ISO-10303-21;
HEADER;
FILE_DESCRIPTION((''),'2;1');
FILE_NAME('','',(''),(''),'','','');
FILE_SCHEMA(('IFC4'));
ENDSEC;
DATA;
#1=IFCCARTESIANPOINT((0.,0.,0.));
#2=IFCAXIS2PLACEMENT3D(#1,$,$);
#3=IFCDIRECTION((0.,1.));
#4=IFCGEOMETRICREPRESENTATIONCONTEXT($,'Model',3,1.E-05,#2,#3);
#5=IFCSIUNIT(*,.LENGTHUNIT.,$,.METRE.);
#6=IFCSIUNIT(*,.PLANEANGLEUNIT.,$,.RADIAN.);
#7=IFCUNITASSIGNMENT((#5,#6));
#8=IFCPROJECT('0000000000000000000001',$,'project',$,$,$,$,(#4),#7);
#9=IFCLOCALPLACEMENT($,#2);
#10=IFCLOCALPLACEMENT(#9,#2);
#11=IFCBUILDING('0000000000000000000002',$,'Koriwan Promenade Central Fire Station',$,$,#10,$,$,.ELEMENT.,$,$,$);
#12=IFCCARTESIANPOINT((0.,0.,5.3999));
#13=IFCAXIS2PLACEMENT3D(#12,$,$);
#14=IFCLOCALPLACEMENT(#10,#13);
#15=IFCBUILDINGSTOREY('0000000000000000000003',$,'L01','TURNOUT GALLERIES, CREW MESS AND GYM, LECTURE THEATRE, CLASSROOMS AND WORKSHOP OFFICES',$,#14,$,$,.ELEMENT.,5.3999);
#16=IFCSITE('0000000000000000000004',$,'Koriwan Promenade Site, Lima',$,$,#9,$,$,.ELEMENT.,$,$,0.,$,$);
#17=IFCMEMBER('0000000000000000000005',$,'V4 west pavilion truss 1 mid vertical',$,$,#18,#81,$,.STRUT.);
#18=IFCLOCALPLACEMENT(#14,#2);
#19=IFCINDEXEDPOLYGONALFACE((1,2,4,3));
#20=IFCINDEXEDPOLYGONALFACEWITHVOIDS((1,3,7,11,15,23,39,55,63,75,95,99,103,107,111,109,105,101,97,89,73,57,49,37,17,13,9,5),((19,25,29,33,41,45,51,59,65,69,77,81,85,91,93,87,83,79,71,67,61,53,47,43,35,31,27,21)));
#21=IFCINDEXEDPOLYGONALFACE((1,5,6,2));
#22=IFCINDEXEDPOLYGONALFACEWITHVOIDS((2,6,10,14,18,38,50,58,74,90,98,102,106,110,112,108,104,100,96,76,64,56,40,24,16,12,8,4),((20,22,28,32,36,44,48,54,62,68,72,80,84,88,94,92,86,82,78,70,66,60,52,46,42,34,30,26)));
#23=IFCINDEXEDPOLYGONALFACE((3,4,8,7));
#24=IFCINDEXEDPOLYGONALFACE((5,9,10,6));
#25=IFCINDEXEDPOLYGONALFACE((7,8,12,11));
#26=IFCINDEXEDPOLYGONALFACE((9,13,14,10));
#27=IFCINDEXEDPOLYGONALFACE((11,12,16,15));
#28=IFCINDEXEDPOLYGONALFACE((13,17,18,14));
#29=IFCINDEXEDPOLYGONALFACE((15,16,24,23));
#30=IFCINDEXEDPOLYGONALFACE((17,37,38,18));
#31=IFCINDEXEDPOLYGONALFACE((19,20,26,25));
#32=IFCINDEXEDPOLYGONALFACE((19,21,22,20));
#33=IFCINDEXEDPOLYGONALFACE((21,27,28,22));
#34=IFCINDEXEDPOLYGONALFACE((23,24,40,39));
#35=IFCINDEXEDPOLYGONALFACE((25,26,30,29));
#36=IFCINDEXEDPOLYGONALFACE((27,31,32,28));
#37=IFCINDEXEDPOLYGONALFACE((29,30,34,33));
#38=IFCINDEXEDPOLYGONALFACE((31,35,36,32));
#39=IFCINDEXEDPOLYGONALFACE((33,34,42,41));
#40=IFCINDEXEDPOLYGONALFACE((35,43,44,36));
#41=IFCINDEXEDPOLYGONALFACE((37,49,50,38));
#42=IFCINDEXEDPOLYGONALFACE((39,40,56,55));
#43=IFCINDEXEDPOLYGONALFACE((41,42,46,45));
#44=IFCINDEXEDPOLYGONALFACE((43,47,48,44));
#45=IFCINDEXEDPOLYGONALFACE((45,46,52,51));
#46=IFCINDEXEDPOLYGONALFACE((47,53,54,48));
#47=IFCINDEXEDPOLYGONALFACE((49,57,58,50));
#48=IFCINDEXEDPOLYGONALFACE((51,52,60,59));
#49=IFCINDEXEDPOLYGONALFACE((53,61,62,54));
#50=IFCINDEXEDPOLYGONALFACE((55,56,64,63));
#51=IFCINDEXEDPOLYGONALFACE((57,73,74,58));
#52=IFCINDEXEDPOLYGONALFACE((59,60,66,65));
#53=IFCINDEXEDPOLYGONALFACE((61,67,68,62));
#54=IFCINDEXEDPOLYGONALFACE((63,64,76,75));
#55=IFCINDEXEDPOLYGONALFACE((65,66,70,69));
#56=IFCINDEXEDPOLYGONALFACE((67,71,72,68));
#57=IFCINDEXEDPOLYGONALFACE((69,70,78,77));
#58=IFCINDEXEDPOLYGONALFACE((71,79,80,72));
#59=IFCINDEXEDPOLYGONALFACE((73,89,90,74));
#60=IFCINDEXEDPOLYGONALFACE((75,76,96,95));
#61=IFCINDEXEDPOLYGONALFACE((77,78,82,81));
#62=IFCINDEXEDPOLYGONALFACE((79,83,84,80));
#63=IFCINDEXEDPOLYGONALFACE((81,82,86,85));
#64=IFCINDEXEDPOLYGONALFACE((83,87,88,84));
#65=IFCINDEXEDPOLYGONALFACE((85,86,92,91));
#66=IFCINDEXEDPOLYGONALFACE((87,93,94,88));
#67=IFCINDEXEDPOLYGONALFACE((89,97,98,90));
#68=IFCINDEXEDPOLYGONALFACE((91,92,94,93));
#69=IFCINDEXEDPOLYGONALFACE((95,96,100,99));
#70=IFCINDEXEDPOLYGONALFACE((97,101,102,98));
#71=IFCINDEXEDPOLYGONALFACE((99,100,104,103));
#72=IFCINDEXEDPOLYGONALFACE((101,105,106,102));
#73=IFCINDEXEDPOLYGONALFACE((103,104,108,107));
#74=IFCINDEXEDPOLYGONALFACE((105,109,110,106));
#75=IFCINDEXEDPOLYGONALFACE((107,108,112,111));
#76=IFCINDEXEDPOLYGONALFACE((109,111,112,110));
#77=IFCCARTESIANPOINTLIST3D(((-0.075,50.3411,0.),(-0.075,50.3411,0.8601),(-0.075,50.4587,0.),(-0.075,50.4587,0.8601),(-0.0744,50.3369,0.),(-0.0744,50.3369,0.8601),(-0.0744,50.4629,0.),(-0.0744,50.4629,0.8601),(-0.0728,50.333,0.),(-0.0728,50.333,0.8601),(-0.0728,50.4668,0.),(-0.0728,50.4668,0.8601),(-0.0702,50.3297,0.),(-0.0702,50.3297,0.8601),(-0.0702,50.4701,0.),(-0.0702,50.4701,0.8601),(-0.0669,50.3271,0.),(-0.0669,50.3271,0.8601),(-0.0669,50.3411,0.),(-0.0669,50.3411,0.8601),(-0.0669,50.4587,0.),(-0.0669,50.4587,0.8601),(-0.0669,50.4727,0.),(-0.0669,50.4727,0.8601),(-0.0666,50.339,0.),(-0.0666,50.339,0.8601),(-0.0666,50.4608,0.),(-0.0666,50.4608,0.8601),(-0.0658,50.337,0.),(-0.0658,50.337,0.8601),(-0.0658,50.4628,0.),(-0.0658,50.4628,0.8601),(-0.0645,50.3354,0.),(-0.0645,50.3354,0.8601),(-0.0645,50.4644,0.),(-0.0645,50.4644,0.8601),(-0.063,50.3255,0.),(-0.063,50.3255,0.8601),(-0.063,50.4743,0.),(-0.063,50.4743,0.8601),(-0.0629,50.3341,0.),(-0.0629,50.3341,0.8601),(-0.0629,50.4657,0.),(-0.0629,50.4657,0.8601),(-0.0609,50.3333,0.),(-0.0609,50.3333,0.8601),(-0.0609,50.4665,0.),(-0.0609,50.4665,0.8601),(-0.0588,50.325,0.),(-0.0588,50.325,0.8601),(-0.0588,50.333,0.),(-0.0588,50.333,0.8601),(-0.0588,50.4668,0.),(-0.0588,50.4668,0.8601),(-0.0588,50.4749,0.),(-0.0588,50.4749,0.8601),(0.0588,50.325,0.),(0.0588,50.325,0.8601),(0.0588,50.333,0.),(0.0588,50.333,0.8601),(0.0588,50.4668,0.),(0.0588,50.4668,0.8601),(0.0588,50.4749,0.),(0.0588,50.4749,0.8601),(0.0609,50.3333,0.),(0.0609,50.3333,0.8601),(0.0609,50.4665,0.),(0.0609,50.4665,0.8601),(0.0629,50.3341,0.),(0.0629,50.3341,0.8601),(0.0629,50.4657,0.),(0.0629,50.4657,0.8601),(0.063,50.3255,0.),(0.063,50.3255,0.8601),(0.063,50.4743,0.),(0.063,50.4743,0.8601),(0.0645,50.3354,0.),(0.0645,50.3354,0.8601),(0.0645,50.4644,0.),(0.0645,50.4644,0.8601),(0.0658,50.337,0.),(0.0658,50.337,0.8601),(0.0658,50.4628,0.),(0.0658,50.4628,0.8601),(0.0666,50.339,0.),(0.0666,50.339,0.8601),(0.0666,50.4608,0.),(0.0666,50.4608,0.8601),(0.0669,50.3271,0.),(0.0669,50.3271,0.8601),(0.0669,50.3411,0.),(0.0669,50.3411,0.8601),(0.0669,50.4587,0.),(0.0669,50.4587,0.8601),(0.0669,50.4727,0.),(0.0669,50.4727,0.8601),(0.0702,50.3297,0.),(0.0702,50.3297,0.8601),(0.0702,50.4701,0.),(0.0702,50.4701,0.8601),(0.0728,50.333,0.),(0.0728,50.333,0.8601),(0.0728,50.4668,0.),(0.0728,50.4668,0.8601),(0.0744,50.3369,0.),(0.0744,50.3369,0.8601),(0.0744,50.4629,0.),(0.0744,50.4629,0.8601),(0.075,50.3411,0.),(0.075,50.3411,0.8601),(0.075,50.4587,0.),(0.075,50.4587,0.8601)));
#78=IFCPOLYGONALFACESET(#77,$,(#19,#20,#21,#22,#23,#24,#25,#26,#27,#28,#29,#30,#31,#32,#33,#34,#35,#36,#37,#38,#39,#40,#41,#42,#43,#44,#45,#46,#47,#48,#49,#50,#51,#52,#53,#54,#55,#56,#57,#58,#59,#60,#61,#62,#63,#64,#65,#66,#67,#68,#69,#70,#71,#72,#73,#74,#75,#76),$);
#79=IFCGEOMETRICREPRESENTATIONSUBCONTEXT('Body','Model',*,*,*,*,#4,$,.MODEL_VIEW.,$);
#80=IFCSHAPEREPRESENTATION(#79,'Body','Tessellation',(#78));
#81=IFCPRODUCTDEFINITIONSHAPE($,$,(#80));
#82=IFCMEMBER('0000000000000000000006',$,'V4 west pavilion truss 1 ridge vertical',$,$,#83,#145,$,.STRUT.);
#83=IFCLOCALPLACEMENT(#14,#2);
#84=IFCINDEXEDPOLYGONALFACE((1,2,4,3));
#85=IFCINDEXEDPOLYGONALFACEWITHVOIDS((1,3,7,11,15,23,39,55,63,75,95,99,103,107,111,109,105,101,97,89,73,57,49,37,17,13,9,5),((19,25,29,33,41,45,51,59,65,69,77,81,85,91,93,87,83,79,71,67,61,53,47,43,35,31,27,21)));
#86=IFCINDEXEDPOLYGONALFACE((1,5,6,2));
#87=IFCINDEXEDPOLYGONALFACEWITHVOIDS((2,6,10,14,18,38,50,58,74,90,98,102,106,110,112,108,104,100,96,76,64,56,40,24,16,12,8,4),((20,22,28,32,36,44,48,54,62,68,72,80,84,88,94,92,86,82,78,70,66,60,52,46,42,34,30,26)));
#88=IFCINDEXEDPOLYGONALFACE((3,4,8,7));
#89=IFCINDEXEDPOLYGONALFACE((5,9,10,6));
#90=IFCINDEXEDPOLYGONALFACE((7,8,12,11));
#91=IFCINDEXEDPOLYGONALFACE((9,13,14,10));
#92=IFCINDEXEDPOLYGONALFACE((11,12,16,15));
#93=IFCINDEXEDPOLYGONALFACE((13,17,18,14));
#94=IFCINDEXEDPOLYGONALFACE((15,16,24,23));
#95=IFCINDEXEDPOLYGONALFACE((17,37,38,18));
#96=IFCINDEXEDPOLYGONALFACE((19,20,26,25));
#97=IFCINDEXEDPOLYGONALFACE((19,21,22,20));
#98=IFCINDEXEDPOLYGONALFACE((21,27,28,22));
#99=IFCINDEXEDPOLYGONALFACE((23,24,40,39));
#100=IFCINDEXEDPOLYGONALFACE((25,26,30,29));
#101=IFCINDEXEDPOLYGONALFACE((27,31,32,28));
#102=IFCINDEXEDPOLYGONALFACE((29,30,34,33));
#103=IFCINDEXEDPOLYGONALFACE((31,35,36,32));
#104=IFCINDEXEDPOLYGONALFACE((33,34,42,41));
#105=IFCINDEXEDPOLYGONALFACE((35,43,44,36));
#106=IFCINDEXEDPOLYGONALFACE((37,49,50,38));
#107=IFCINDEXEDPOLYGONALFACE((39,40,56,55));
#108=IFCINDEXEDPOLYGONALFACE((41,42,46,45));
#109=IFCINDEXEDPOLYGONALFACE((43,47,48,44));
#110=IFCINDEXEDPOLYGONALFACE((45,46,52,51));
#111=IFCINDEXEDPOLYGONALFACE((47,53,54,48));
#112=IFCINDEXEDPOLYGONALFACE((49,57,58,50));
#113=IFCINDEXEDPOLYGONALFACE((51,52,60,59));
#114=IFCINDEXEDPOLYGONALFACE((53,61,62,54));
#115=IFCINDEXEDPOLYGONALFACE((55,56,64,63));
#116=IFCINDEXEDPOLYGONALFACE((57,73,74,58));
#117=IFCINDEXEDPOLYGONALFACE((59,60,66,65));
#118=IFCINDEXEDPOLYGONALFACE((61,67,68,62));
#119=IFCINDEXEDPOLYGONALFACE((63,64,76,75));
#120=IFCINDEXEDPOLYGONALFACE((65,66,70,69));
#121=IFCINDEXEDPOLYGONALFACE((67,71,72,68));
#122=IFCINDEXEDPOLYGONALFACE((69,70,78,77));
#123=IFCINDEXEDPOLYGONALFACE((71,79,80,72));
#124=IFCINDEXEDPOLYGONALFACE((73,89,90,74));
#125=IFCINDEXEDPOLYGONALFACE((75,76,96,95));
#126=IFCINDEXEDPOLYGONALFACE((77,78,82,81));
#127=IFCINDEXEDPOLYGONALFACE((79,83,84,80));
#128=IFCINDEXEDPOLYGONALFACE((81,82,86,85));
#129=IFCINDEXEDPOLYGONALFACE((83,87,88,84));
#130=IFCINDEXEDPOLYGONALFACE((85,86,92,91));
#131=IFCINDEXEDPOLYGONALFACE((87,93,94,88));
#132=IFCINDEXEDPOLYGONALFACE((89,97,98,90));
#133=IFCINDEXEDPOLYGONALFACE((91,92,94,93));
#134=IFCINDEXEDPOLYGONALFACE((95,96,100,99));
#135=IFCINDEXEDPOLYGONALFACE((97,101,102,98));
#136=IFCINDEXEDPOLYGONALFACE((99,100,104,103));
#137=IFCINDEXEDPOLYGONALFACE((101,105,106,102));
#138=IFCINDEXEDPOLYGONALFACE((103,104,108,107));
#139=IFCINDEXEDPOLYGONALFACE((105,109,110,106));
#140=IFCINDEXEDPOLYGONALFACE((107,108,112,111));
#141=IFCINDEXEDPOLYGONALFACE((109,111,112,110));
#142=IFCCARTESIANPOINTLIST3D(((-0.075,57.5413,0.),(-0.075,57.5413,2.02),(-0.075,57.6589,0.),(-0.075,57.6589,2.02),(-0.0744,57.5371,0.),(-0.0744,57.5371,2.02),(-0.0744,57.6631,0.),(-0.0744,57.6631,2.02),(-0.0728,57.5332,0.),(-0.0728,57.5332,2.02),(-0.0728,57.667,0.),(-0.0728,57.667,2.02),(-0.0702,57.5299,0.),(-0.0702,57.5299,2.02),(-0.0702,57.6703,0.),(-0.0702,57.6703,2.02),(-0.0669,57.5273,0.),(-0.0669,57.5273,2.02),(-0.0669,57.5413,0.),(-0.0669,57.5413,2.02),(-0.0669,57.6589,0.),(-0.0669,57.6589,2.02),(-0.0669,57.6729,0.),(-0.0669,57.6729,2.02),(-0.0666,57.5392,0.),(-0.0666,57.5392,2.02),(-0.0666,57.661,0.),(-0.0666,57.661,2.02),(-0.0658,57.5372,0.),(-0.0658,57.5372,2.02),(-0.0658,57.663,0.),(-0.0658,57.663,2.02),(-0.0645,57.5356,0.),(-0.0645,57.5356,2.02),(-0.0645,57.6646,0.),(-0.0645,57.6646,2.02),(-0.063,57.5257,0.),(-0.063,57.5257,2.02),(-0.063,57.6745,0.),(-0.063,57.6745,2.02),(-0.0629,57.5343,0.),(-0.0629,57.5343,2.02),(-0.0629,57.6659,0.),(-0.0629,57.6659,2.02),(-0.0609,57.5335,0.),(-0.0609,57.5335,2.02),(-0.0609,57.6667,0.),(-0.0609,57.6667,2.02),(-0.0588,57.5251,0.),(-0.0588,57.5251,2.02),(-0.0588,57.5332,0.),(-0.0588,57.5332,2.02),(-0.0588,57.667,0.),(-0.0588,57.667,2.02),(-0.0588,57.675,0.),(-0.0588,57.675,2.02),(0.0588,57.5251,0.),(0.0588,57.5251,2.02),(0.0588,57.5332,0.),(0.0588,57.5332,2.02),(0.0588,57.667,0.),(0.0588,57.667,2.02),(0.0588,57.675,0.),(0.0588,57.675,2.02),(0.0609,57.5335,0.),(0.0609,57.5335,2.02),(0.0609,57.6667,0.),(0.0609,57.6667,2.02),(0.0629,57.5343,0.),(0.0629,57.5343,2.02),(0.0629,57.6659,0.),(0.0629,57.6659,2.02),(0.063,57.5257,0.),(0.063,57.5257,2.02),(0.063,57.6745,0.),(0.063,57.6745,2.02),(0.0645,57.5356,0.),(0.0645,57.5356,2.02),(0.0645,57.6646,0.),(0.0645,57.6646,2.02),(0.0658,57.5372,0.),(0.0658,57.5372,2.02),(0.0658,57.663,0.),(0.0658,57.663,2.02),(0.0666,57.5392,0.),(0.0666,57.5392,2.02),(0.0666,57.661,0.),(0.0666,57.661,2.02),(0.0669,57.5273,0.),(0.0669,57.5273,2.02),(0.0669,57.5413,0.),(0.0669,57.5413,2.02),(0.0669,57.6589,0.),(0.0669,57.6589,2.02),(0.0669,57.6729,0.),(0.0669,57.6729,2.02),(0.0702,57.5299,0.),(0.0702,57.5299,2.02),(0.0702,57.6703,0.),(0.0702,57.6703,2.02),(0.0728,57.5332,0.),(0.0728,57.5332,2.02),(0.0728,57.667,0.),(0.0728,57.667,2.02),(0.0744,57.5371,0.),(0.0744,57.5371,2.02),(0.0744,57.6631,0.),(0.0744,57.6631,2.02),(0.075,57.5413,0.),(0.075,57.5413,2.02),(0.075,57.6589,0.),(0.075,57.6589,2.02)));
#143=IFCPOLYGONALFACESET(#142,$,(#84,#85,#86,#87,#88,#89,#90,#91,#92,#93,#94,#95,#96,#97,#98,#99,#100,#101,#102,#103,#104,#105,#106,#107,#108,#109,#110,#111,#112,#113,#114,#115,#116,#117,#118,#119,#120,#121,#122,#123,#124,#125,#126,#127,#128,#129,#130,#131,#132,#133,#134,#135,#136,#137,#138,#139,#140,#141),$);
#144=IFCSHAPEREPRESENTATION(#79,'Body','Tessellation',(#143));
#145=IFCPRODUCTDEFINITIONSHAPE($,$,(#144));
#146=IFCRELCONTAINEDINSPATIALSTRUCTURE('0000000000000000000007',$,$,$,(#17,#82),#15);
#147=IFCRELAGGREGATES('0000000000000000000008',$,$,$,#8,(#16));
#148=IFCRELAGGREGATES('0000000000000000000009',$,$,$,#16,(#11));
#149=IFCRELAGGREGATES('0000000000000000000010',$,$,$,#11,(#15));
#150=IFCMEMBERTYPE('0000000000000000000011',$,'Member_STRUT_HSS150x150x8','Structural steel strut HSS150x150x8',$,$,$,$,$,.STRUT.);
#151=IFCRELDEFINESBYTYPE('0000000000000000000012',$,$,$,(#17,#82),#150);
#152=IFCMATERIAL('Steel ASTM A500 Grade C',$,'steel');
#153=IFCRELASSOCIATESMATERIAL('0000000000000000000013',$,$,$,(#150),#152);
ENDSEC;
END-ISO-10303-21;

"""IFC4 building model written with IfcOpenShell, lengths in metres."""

from ifc_helpers import new_model, si_unit, direction, frame, origin, origin_2d, place, context, subcontext, project, spatial, hollow_rectangle, extrude, material, material_profile, profile_set, type_object, element, save


model = new_model("IFC4")

# Units and contexts
model_context = context("Model", 3, precision=1e-05, world=origin(), true_north=direction((0.0, 1.0)))
body_context = subcontext(model_context, "Body", "Model", "MODEL_VIEW")
ifc_project = project(units=[si_unit("LENGTHUNIT", "METRE"), si_unit("PLANEANGLEUNIT", "RADIAN")], contexts=[model_context])

# Site, building, storey
site_placement = place(None, origin())
site = spatial("IfcSite", under=ifc_project, at=site_placement, Name="Koriwan Promenade Site, Lima", CompositionType="ELEMENT", RefElevation=0.0)
building_placement = place(site_placement, origin())
building = spatial("IfcBuilding", under=site, at=building_placement, Name="Koriwan Promenade Central Fire Station", CompositionType="ELEMENT")
storey_placement = place(building_placement, frame((0.0, 0.0, 5.3999)))
storey = spatial("IfcBuildingStorey", under=building, at=storey_placement, Name="L01", Description="TURNOUT GALLERIES, CREW MESS AND GYM, LECTURE THEATRE, CLASSROOMS AND WORKSHOP OFFICES", CompositionType="ELEMENT", Elevation=5.3999)

# Members
ifc_material_1 = material(Name="Steel ASTM A500 Grade C", Category="steel")
ifc_material_profile_1 = material_profile(ifc_material_1, hollow_rectangle(XDim=0.1499, YDim=0.1499, WallThickness=0.0081, InnerFilletRadius=0.0081, OuterFilletRadius=0.0161, at=origin_2d()), Name="HSS150x150x8")
ifc_profile_set_1 = profile_set([ifc_material_profile_1], Name="Steel ASTM A500 Grade C")
member_type_1 = type_object("IfcMemberType", Name="Member_STRUT_HSS150x150x8", Description="Structural steel strut HSS150x150x8", PredefinedType="STRUT", material=ifc_profile_set_1)
member_1_placement = place(storey_placement, frame((0.0, 50.3999, 0.0), z_axis=(0.0, 0.0, 1.0), x_axis=(1.0, 0.0, 0.0)))
element("IfcMember", 1, at=member_1_placement, inside=storey, type_object=member_type_1, Name="V4 west pavilion truss 1 mid vertical", PredefinedType="STRUT", context=body_context, shape_type="SweptSolid", body=[
    extrude(hollow_rectangle(XDim=0.1499, YDim=0.1499, WallThickness=0.0081, InnerFilletRadius=0.0081, OuterFilletRadius=0.0161, at=origin_2d()), origin(), (0.0, 0.0, 1.0), 0.8601),
])
member_2_placement = place(storey_placement, frame((0.0, 57.6001, 0.0), z_axis=(0.0, 0.0, 1.0), x_axis=(1.0, 0.0, 0.0)))
element("IfcMember", 2, at=member_2_placement, inside=storey, type_object=member_type_1, Name="V4 west pavilion truss 1 ridge vertical", PredefinedType="STRUT", context=body_context, shape_type="SweptSolid", body=[
    extrude(hollow_rectangle(XDim=0.1499, YDim=0.1499, WallThickness=0.0081, InnerFilletRadius=0.0081, OuterFilletRadius=0.0161, at=origin_2d()), origin(), (0.0, 0.0, 1.0), 2.02),
])

save(model, "model.ifc")
